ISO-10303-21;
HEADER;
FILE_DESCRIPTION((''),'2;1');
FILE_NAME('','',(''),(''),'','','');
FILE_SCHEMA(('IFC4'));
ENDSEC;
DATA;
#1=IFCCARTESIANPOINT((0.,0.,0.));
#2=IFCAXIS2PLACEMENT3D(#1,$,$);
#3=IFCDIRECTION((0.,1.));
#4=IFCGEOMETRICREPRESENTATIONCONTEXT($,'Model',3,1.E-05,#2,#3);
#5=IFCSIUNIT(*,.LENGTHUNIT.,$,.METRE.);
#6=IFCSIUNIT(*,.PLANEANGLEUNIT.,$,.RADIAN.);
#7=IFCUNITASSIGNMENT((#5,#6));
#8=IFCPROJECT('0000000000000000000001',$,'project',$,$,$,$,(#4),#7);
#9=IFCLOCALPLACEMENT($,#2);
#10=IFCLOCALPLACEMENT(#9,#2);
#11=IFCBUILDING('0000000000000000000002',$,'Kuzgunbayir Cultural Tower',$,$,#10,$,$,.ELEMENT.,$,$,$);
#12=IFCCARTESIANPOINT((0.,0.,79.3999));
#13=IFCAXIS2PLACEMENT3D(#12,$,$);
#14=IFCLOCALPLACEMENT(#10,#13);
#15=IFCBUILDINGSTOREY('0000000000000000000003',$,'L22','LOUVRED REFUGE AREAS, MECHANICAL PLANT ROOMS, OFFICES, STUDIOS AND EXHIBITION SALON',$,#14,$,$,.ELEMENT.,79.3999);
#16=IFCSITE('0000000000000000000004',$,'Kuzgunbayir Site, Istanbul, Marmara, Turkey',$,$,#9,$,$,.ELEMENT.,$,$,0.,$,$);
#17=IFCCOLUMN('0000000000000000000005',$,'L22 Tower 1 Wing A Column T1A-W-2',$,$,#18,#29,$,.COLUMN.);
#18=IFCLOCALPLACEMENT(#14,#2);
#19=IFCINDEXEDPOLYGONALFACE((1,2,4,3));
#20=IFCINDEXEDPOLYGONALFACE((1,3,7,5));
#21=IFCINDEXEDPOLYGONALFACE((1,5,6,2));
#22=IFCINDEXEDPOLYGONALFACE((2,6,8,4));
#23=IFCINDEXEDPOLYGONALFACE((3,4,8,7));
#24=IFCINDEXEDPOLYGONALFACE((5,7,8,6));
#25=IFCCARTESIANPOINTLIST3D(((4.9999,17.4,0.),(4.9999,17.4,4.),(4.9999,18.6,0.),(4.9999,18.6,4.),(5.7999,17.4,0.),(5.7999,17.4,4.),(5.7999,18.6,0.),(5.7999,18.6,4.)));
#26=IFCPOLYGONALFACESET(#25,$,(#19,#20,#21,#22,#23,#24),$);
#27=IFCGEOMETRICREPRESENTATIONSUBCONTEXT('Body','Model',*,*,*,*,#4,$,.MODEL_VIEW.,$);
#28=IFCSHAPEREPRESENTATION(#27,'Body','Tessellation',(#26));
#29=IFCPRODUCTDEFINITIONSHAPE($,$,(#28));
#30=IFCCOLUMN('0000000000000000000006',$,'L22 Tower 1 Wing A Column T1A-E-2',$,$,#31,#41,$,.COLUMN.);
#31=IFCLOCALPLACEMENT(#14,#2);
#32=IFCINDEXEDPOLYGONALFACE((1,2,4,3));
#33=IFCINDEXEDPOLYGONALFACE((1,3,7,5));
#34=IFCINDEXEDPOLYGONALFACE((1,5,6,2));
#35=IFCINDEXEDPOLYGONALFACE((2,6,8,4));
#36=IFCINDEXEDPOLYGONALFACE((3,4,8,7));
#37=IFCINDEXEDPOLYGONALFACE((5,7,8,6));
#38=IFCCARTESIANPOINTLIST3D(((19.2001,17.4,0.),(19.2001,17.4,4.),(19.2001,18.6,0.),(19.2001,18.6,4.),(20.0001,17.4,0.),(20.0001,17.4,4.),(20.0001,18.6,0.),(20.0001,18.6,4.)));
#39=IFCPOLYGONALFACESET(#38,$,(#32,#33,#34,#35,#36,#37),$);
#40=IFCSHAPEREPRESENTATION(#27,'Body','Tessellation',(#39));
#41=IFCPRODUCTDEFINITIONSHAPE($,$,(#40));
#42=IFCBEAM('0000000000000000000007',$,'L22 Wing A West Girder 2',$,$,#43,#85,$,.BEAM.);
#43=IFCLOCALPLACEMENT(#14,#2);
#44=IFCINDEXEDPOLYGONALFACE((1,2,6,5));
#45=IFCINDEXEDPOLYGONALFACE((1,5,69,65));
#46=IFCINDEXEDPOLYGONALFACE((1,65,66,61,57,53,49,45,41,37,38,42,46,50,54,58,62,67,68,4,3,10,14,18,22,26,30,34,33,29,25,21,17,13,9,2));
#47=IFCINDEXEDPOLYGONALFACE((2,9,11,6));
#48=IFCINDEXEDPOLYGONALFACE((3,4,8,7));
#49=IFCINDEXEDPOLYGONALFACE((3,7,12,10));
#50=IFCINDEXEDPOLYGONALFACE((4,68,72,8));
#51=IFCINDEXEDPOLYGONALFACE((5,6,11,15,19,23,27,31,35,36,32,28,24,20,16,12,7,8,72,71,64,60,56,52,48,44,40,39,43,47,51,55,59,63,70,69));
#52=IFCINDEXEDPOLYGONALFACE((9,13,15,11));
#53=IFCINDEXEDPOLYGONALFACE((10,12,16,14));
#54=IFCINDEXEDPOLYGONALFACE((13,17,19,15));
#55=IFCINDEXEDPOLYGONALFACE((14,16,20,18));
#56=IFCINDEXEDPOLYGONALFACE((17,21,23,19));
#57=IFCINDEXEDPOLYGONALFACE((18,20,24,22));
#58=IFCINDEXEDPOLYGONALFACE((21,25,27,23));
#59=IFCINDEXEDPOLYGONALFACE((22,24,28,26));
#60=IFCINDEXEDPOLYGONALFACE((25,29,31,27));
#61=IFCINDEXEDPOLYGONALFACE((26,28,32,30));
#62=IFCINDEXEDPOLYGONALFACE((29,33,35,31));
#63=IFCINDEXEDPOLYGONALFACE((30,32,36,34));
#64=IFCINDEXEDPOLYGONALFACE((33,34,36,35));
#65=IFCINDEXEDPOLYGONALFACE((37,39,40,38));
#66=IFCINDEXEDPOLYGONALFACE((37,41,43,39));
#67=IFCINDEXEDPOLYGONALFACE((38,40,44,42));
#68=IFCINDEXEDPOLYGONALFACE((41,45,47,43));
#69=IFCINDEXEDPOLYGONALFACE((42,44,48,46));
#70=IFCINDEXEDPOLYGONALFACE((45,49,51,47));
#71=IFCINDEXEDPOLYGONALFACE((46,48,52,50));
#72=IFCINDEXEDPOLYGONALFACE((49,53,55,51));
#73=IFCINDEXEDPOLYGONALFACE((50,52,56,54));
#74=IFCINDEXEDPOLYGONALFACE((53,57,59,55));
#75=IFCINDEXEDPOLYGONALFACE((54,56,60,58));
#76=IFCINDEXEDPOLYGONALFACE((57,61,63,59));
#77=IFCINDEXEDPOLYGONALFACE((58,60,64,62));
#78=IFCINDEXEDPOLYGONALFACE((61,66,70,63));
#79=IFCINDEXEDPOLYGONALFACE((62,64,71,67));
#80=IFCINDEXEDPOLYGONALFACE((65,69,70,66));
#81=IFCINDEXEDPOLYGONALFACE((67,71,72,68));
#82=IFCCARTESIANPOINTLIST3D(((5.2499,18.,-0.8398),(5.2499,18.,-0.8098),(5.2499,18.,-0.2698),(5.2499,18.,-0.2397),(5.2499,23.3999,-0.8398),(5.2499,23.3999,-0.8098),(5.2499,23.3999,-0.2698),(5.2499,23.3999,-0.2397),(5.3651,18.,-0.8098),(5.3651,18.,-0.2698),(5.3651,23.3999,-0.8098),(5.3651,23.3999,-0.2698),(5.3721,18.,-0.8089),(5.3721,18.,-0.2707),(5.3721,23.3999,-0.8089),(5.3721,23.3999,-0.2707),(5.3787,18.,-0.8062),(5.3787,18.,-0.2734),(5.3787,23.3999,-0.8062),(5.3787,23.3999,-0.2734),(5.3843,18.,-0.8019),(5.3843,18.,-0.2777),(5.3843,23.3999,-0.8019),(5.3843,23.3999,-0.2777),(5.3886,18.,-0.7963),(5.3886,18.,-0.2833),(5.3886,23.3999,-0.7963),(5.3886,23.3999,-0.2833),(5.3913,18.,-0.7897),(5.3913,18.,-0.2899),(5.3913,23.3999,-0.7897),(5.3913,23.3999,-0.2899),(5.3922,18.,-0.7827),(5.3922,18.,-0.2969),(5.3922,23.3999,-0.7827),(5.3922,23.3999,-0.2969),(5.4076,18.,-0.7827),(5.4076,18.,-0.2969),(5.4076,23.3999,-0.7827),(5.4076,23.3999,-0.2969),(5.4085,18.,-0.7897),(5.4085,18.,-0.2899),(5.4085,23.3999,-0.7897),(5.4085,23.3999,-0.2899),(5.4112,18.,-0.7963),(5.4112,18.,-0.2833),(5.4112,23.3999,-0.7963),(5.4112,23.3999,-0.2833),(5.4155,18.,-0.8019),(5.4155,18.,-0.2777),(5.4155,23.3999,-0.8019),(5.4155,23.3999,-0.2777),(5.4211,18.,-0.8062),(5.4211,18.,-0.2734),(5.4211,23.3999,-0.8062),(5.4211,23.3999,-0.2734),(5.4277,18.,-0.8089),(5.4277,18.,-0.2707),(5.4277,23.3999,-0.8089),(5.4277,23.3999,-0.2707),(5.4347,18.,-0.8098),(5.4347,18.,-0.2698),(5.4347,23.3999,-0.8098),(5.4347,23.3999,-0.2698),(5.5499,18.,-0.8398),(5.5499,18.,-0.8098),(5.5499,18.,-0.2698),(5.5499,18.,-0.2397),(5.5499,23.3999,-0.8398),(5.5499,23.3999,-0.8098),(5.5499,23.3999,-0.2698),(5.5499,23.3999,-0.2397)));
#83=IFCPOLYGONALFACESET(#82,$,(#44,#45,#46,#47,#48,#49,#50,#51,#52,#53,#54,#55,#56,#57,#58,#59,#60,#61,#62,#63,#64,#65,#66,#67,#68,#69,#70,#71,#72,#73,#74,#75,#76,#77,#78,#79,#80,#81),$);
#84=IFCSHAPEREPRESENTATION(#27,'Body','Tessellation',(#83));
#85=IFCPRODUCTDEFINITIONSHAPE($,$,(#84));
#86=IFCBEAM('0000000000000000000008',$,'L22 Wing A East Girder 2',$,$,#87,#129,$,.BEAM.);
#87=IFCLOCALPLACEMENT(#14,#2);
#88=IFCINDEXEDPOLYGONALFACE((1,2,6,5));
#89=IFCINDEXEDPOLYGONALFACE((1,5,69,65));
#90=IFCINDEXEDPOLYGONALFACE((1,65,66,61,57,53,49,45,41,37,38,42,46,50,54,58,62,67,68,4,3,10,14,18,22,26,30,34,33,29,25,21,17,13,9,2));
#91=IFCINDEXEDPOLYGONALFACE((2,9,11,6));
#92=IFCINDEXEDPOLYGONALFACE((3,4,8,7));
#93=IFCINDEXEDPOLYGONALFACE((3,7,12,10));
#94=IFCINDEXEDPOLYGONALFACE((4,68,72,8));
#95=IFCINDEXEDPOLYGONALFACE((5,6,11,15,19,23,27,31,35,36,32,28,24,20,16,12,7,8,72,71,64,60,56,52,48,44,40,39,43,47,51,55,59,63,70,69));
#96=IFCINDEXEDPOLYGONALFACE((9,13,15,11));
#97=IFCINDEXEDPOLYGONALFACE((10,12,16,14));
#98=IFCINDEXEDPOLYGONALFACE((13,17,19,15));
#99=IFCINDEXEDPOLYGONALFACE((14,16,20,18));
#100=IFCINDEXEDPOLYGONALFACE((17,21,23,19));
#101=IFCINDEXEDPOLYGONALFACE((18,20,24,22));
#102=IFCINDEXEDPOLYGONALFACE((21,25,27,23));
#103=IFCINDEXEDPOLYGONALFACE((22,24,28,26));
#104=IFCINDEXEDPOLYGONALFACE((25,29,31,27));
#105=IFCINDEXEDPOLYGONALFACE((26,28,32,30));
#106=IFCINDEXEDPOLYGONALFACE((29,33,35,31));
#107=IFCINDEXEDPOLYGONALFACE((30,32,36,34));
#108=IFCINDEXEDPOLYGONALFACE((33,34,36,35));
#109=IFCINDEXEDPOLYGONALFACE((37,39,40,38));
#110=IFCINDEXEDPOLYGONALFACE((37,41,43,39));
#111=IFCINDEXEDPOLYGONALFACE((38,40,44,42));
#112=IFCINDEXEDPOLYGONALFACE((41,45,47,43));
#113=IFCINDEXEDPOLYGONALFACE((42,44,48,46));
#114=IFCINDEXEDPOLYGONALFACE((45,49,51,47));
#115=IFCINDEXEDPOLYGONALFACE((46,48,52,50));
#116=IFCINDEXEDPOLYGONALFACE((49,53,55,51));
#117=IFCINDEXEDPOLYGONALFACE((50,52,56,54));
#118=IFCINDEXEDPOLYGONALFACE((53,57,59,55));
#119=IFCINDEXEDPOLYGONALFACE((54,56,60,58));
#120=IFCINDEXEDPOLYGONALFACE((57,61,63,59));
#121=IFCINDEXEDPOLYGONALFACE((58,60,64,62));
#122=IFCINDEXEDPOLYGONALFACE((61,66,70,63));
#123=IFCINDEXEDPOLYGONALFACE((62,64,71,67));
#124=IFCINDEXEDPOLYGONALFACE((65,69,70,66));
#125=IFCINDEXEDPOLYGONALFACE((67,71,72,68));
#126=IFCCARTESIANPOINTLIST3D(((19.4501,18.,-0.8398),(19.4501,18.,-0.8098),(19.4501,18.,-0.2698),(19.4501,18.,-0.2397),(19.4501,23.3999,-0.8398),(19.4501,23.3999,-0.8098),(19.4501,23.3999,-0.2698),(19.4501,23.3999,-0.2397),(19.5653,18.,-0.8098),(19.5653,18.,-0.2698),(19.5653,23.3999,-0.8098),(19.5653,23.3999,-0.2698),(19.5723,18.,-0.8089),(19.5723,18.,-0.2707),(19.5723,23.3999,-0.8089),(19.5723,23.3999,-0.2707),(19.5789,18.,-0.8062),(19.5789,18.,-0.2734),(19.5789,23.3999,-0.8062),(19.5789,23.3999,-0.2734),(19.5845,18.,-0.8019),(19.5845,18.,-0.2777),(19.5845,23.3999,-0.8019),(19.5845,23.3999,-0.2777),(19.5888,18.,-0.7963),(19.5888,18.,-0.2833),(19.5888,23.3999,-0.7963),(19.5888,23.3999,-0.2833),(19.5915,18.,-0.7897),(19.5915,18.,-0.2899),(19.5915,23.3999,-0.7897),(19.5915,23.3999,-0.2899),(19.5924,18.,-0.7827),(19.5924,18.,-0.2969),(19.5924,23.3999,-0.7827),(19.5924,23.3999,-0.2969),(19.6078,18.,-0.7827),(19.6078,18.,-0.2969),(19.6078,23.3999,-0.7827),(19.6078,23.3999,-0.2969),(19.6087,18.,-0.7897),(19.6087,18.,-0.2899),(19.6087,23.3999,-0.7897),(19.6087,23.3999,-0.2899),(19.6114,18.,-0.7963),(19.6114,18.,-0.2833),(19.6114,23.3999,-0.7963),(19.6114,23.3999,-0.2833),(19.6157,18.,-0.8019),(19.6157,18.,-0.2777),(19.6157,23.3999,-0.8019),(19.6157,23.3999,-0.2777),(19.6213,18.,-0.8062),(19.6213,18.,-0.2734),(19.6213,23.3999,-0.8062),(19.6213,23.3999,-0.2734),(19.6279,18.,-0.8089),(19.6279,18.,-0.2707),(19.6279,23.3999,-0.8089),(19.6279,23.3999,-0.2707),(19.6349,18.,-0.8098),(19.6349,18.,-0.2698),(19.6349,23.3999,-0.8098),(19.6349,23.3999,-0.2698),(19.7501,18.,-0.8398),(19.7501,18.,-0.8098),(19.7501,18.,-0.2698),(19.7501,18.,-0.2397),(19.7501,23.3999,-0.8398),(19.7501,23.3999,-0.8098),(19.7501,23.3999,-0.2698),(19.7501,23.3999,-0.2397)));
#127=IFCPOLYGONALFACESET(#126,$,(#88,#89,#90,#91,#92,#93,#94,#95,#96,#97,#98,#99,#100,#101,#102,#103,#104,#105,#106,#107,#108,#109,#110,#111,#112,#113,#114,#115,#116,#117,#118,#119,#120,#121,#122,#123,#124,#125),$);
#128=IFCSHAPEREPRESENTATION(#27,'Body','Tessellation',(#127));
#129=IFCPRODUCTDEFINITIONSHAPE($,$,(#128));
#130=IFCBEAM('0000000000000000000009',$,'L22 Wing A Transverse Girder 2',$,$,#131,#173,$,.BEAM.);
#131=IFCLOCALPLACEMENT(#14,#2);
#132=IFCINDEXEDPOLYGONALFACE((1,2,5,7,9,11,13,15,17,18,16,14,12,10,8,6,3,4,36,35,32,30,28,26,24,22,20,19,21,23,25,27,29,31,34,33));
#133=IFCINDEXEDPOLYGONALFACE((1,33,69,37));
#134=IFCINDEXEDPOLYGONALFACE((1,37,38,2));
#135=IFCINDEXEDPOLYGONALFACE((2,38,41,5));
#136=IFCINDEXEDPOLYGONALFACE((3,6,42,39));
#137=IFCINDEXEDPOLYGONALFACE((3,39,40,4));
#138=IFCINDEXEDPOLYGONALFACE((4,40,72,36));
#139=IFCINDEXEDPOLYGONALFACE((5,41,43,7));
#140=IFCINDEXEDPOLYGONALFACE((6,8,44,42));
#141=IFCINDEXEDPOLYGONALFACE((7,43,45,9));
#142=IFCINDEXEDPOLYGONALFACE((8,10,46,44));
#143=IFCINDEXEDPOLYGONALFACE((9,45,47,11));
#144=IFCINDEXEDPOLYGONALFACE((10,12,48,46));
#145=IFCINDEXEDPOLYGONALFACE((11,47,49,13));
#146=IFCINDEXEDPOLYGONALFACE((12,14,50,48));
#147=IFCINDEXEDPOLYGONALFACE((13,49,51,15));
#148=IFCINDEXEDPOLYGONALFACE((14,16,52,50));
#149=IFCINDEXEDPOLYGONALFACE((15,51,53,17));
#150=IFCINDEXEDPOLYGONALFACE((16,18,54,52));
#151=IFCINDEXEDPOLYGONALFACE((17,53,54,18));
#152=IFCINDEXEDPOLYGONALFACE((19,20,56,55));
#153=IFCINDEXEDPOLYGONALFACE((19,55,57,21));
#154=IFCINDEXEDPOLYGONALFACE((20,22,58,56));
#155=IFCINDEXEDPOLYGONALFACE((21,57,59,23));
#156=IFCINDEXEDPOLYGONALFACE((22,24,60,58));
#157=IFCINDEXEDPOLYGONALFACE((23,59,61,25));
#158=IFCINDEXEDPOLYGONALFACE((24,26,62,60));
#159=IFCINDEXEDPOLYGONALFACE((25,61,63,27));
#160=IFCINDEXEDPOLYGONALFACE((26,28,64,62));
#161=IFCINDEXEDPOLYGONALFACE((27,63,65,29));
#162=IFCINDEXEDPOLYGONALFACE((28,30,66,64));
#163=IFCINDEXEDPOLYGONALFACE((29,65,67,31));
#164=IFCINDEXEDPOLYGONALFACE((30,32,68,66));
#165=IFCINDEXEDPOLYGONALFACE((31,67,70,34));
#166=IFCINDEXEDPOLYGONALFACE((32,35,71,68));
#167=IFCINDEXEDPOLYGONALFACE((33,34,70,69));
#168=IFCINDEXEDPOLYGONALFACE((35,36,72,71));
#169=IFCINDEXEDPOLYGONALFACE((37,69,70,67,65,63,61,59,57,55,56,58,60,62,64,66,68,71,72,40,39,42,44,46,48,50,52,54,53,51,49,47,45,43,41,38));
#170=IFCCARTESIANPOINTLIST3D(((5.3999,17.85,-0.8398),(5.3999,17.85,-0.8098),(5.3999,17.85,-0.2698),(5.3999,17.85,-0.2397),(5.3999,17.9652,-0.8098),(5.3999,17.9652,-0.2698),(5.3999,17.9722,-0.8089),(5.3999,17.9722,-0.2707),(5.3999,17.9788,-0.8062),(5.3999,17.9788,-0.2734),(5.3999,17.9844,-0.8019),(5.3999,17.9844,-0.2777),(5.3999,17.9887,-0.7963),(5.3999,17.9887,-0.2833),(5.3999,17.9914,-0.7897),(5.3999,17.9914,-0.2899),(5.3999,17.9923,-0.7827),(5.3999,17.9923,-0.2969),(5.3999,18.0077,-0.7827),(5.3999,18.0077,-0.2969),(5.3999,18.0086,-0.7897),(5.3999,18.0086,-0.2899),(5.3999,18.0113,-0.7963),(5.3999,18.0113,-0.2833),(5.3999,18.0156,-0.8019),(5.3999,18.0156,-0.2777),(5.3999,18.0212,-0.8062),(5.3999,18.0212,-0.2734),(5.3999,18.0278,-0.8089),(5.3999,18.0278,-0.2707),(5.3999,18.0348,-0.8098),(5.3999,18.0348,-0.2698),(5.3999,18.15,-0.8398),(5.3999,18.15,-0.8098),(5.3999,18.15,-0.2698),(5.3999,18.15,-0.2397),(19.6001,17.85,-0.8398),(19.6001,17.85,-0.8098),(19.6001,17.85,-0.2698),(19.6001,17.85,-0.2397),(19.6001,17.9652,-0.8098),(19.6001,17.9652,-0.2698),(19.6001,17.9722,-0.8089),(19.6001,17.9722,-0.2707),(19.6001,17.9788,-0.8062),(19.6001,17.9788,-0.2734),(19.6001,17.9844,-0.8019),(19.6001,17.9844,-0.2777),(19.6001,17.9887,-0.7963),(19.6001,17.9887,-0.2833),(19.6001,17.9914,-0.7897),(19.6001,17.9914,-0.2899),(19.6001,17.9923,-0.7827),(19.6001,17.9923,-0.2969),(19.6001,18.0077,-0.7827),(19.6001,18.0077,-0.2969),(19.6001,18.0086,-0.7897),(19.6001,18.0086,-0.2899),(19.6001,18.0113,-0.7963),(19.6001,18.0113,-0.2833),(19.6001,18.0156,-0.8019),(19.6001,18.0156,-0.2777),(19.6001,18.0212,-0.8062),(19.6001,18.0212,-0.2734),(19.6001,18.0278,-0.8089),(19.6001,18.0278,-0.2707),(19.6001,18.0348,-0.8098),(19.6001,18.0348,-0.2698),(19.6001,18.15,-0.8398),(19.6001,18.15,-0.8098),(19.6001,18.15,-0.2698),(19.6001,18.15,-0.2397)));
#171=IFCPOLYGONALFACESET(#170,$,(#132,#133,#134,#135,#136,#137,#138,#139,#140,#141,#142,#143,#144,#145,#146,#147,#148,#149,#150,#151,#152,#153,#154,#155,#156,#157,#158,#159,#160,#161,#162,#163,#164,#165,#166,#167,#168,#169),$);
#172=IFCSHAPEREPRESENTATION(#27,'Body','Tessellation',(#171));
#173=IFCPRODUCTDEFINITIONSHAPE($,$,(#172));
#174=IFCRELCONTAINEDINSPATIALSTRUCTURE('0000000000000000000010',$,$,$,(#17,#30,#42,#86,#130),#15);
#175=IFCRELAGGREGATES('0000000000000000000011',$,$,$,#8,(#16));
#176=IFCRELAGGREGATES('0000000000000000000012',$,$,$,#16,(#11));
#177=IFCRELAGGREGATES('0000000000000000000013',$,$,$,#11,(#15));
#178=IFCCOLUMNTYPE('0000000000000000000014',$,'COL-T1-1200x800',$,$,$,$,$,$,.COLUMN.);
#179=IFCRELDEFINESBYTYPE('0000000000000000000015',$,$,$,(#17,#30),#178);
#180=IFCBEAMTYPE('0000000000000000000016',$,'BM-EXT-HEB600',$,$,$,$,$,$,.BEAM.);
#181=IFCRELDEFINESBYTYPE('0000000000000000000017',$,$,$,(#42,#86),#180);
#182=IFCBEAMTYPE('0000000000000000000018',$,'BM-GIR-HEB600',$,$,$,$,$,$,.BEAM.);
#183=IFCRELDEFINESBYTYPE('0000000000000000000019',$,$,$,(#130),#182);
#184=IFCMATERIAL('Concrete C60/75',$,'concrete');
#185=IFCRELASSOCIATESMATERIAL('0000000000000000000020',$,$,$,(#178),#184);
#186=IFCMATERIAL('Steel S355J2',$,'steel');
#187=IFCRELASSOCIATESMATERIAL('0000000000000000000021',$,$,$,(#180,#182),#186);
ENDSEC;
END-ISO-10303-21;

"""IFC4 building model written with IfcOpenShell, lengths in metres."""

from ifc_helpers import new_model, si_unit, direction, frame, origin, origin_2d, place, context, subcontext, project, spatial, rectangle, i_section, extrude, material, material_profile, profile_set, type_object, element, save


model = new_model("IFC4")

# Units and contexts
model_context = context("Model", 3, precision=1e-05, world=origin(), true_north=direction((0.0, 1.0)))
body_context = subcontext(model_context, "Body", "Model", "MODEL_VIEW")
ifc_project = project(units=[si_unit("LENGTHUNIT", "METRE"), si_unit("PLANEANGLEUNIT", "RADIAN")], contexts=[model_context])

# Site, building, storey
site_placement = place(None, origin())
site = spatial("IfcSite", under=ifc_project, at=site_placement, Name="Kuzgunbayir Site, Istanbul, Marmara, Turkey", CompositionType="ELEMENT", RefElevation=0.0)
building_placement = place(site_placement, origin())
building = spatial("IfcBuilding", under=site, at=building_placement, Name="Kuzgunbayir Cultural Tower", CompositionType="ELEMENT")
storey_placement = place(building_placement, frame((0.0, 0.0, 79.3999)))
storey = spatial("IfcBuildingStorey", under=building, at=storey_placement, Name="L22", Description="LOUVRED REFUGE AREAS, MECHANICAL PLANT ROOMS, OFFICES, STUDIOS AND EXHIBITION SALON", CompositionType="ELEMENT", Elevation=79.3999)

# Columns
ifc_material_1 = material(Name="Concrete C60/75", Category="concrete")
ifc_material_profile_1 = material_profile(ifc_material_1, rectangle(XDim=0.8, YDim=1.2, at=origin_2d()), Name="RC 1200x800")
ifc_profile_set_1 = profile_set([ifc_material_profile_1], Name="Concrete C60/75")
column_type = type_object("IfcColumnType", Name="COL-T1-1200x800", PredefinedType="COLUMN", material=ifc_profile_set_1)
for number, where, z_axis, x_axis, name in (
    (1, (5.3999, 18.0, 0.0), (0.0, 0.0, 1.0), (1.0, 0.0, 0.0), "L22 Tower 1 Wing A Column T1A-W-2"),
    (2, (19.6001, 18.0, 0.0), (0.0, 0.0, 1.0), (1.0, 0.0, 0.0), "L22 Tower 1 Wing A Column T1A-E-2"),
):
    element("IfcColumn", number, at=place(storey_placement, frame(where, z_axis=z_axis, x_axis=x_axis)), inside=storey, type_object=column_type, Name=name, PredefinedType="COLUMN", context=body_context, shape_type="SweptSolid", body=[
        extrude(rectangle(XDim=0.8, YDim=1.2, at=origin_2d()), origin(), (0.0, 0.0, 1.0), 4.0),
    ])

# Beams
ifc_material_2 = material(Name="Steel S355J2", Category="steel")
ifc_material_profile_2 = material_profile(ifc_material_2, i_section(OverallWidth=0.3, OverallDepth=0.6001, WebThickness=0.0154, FlangeThickness=0.03, FilletRadius=0.0271, at=origin_2d()), Name="HEB 600")
ifc_profile_set_2 = profile_set([ifc_material_profile_2], Name="Steel S355J2")
beam_type_1 = type_object("IfcBeamType", Name="BM-EXT-HEB600", PredefinedType="BEAM", material=ifc_profile_set_2)
for number, where, z_axis, x_axis, name in (
    (3, (5.3999, 18.0, -0.5398), (0.0, 1.0, 0.0), (-1.0, 0.0, 0.0), "L22 Wing A West Girder 2"),
    (4, (19.6001, 18.0, -0.5398), (0.0, 1.0, 0.0), (-1.0, 0.0, 0.0), "L22 Wing A East Girder 2"),
):
    element("IfcBeam", number, at=place(storey_placement, frame(where, z_axis=z_axis, x_axis=x_axis)), inside=storey, type_object=beam_type_1, Name=name, PredefinedType="BEAM", context=body_context, shape_type="SweptSolid", body=[
        extrude(i_section(OverallWidth=0.3, OverallDepth=0.6001, WebThickness=0.0154, FlangeThickness=0.03, FilletRadius=0.0271, at=origin_2d()), origin(), (0.0, 0.0, 1.0), 5.3999),
    ])
ifc_material_profile_3 = material_profile(ifc_material_2, i_section(OverallWidth=0.3, OverallDepth=0.6001, WebThickness=0.0154, FlangeThickness=0.03, FilletRadius=0.0271, at=origin_2d()), Name="HEB 600")
ifc_profile_set_3 = profile_set([ifc_material_profile_3], Name="Steel S355J2")
beam_type_2 = type_object("IfcBeamType", Name="BM-GIR-HEB600", PredefinedType="BEAM", material=ifc_profile_set_3)
beam_placement = place(storey_placement, frame((5.3999, 18.0, -0.5398), z_axis=(1.0, 0.0, 0.0), x_axis=(0.0, 1.0, 0.0)))
element("IfcBeam", 5, at=beam_placement, inside=storey, type_object=beam_type_2, Name="L22 Wing A Transverse Girder 2", PredefinedType="BEAM", context=body_context, shape_type="SweptSolid", body=[
    extrude(i_section(OverallWidth=0.3, OverallDepth=0.6001, WebThickness=0.0154, FlangeThickness=0.03, FilletRadius=0.0271, at=origin_2d()), origin(), (0.0, 0.0, 1.0), 14.2002),
])

save(model, "model.ifc")
